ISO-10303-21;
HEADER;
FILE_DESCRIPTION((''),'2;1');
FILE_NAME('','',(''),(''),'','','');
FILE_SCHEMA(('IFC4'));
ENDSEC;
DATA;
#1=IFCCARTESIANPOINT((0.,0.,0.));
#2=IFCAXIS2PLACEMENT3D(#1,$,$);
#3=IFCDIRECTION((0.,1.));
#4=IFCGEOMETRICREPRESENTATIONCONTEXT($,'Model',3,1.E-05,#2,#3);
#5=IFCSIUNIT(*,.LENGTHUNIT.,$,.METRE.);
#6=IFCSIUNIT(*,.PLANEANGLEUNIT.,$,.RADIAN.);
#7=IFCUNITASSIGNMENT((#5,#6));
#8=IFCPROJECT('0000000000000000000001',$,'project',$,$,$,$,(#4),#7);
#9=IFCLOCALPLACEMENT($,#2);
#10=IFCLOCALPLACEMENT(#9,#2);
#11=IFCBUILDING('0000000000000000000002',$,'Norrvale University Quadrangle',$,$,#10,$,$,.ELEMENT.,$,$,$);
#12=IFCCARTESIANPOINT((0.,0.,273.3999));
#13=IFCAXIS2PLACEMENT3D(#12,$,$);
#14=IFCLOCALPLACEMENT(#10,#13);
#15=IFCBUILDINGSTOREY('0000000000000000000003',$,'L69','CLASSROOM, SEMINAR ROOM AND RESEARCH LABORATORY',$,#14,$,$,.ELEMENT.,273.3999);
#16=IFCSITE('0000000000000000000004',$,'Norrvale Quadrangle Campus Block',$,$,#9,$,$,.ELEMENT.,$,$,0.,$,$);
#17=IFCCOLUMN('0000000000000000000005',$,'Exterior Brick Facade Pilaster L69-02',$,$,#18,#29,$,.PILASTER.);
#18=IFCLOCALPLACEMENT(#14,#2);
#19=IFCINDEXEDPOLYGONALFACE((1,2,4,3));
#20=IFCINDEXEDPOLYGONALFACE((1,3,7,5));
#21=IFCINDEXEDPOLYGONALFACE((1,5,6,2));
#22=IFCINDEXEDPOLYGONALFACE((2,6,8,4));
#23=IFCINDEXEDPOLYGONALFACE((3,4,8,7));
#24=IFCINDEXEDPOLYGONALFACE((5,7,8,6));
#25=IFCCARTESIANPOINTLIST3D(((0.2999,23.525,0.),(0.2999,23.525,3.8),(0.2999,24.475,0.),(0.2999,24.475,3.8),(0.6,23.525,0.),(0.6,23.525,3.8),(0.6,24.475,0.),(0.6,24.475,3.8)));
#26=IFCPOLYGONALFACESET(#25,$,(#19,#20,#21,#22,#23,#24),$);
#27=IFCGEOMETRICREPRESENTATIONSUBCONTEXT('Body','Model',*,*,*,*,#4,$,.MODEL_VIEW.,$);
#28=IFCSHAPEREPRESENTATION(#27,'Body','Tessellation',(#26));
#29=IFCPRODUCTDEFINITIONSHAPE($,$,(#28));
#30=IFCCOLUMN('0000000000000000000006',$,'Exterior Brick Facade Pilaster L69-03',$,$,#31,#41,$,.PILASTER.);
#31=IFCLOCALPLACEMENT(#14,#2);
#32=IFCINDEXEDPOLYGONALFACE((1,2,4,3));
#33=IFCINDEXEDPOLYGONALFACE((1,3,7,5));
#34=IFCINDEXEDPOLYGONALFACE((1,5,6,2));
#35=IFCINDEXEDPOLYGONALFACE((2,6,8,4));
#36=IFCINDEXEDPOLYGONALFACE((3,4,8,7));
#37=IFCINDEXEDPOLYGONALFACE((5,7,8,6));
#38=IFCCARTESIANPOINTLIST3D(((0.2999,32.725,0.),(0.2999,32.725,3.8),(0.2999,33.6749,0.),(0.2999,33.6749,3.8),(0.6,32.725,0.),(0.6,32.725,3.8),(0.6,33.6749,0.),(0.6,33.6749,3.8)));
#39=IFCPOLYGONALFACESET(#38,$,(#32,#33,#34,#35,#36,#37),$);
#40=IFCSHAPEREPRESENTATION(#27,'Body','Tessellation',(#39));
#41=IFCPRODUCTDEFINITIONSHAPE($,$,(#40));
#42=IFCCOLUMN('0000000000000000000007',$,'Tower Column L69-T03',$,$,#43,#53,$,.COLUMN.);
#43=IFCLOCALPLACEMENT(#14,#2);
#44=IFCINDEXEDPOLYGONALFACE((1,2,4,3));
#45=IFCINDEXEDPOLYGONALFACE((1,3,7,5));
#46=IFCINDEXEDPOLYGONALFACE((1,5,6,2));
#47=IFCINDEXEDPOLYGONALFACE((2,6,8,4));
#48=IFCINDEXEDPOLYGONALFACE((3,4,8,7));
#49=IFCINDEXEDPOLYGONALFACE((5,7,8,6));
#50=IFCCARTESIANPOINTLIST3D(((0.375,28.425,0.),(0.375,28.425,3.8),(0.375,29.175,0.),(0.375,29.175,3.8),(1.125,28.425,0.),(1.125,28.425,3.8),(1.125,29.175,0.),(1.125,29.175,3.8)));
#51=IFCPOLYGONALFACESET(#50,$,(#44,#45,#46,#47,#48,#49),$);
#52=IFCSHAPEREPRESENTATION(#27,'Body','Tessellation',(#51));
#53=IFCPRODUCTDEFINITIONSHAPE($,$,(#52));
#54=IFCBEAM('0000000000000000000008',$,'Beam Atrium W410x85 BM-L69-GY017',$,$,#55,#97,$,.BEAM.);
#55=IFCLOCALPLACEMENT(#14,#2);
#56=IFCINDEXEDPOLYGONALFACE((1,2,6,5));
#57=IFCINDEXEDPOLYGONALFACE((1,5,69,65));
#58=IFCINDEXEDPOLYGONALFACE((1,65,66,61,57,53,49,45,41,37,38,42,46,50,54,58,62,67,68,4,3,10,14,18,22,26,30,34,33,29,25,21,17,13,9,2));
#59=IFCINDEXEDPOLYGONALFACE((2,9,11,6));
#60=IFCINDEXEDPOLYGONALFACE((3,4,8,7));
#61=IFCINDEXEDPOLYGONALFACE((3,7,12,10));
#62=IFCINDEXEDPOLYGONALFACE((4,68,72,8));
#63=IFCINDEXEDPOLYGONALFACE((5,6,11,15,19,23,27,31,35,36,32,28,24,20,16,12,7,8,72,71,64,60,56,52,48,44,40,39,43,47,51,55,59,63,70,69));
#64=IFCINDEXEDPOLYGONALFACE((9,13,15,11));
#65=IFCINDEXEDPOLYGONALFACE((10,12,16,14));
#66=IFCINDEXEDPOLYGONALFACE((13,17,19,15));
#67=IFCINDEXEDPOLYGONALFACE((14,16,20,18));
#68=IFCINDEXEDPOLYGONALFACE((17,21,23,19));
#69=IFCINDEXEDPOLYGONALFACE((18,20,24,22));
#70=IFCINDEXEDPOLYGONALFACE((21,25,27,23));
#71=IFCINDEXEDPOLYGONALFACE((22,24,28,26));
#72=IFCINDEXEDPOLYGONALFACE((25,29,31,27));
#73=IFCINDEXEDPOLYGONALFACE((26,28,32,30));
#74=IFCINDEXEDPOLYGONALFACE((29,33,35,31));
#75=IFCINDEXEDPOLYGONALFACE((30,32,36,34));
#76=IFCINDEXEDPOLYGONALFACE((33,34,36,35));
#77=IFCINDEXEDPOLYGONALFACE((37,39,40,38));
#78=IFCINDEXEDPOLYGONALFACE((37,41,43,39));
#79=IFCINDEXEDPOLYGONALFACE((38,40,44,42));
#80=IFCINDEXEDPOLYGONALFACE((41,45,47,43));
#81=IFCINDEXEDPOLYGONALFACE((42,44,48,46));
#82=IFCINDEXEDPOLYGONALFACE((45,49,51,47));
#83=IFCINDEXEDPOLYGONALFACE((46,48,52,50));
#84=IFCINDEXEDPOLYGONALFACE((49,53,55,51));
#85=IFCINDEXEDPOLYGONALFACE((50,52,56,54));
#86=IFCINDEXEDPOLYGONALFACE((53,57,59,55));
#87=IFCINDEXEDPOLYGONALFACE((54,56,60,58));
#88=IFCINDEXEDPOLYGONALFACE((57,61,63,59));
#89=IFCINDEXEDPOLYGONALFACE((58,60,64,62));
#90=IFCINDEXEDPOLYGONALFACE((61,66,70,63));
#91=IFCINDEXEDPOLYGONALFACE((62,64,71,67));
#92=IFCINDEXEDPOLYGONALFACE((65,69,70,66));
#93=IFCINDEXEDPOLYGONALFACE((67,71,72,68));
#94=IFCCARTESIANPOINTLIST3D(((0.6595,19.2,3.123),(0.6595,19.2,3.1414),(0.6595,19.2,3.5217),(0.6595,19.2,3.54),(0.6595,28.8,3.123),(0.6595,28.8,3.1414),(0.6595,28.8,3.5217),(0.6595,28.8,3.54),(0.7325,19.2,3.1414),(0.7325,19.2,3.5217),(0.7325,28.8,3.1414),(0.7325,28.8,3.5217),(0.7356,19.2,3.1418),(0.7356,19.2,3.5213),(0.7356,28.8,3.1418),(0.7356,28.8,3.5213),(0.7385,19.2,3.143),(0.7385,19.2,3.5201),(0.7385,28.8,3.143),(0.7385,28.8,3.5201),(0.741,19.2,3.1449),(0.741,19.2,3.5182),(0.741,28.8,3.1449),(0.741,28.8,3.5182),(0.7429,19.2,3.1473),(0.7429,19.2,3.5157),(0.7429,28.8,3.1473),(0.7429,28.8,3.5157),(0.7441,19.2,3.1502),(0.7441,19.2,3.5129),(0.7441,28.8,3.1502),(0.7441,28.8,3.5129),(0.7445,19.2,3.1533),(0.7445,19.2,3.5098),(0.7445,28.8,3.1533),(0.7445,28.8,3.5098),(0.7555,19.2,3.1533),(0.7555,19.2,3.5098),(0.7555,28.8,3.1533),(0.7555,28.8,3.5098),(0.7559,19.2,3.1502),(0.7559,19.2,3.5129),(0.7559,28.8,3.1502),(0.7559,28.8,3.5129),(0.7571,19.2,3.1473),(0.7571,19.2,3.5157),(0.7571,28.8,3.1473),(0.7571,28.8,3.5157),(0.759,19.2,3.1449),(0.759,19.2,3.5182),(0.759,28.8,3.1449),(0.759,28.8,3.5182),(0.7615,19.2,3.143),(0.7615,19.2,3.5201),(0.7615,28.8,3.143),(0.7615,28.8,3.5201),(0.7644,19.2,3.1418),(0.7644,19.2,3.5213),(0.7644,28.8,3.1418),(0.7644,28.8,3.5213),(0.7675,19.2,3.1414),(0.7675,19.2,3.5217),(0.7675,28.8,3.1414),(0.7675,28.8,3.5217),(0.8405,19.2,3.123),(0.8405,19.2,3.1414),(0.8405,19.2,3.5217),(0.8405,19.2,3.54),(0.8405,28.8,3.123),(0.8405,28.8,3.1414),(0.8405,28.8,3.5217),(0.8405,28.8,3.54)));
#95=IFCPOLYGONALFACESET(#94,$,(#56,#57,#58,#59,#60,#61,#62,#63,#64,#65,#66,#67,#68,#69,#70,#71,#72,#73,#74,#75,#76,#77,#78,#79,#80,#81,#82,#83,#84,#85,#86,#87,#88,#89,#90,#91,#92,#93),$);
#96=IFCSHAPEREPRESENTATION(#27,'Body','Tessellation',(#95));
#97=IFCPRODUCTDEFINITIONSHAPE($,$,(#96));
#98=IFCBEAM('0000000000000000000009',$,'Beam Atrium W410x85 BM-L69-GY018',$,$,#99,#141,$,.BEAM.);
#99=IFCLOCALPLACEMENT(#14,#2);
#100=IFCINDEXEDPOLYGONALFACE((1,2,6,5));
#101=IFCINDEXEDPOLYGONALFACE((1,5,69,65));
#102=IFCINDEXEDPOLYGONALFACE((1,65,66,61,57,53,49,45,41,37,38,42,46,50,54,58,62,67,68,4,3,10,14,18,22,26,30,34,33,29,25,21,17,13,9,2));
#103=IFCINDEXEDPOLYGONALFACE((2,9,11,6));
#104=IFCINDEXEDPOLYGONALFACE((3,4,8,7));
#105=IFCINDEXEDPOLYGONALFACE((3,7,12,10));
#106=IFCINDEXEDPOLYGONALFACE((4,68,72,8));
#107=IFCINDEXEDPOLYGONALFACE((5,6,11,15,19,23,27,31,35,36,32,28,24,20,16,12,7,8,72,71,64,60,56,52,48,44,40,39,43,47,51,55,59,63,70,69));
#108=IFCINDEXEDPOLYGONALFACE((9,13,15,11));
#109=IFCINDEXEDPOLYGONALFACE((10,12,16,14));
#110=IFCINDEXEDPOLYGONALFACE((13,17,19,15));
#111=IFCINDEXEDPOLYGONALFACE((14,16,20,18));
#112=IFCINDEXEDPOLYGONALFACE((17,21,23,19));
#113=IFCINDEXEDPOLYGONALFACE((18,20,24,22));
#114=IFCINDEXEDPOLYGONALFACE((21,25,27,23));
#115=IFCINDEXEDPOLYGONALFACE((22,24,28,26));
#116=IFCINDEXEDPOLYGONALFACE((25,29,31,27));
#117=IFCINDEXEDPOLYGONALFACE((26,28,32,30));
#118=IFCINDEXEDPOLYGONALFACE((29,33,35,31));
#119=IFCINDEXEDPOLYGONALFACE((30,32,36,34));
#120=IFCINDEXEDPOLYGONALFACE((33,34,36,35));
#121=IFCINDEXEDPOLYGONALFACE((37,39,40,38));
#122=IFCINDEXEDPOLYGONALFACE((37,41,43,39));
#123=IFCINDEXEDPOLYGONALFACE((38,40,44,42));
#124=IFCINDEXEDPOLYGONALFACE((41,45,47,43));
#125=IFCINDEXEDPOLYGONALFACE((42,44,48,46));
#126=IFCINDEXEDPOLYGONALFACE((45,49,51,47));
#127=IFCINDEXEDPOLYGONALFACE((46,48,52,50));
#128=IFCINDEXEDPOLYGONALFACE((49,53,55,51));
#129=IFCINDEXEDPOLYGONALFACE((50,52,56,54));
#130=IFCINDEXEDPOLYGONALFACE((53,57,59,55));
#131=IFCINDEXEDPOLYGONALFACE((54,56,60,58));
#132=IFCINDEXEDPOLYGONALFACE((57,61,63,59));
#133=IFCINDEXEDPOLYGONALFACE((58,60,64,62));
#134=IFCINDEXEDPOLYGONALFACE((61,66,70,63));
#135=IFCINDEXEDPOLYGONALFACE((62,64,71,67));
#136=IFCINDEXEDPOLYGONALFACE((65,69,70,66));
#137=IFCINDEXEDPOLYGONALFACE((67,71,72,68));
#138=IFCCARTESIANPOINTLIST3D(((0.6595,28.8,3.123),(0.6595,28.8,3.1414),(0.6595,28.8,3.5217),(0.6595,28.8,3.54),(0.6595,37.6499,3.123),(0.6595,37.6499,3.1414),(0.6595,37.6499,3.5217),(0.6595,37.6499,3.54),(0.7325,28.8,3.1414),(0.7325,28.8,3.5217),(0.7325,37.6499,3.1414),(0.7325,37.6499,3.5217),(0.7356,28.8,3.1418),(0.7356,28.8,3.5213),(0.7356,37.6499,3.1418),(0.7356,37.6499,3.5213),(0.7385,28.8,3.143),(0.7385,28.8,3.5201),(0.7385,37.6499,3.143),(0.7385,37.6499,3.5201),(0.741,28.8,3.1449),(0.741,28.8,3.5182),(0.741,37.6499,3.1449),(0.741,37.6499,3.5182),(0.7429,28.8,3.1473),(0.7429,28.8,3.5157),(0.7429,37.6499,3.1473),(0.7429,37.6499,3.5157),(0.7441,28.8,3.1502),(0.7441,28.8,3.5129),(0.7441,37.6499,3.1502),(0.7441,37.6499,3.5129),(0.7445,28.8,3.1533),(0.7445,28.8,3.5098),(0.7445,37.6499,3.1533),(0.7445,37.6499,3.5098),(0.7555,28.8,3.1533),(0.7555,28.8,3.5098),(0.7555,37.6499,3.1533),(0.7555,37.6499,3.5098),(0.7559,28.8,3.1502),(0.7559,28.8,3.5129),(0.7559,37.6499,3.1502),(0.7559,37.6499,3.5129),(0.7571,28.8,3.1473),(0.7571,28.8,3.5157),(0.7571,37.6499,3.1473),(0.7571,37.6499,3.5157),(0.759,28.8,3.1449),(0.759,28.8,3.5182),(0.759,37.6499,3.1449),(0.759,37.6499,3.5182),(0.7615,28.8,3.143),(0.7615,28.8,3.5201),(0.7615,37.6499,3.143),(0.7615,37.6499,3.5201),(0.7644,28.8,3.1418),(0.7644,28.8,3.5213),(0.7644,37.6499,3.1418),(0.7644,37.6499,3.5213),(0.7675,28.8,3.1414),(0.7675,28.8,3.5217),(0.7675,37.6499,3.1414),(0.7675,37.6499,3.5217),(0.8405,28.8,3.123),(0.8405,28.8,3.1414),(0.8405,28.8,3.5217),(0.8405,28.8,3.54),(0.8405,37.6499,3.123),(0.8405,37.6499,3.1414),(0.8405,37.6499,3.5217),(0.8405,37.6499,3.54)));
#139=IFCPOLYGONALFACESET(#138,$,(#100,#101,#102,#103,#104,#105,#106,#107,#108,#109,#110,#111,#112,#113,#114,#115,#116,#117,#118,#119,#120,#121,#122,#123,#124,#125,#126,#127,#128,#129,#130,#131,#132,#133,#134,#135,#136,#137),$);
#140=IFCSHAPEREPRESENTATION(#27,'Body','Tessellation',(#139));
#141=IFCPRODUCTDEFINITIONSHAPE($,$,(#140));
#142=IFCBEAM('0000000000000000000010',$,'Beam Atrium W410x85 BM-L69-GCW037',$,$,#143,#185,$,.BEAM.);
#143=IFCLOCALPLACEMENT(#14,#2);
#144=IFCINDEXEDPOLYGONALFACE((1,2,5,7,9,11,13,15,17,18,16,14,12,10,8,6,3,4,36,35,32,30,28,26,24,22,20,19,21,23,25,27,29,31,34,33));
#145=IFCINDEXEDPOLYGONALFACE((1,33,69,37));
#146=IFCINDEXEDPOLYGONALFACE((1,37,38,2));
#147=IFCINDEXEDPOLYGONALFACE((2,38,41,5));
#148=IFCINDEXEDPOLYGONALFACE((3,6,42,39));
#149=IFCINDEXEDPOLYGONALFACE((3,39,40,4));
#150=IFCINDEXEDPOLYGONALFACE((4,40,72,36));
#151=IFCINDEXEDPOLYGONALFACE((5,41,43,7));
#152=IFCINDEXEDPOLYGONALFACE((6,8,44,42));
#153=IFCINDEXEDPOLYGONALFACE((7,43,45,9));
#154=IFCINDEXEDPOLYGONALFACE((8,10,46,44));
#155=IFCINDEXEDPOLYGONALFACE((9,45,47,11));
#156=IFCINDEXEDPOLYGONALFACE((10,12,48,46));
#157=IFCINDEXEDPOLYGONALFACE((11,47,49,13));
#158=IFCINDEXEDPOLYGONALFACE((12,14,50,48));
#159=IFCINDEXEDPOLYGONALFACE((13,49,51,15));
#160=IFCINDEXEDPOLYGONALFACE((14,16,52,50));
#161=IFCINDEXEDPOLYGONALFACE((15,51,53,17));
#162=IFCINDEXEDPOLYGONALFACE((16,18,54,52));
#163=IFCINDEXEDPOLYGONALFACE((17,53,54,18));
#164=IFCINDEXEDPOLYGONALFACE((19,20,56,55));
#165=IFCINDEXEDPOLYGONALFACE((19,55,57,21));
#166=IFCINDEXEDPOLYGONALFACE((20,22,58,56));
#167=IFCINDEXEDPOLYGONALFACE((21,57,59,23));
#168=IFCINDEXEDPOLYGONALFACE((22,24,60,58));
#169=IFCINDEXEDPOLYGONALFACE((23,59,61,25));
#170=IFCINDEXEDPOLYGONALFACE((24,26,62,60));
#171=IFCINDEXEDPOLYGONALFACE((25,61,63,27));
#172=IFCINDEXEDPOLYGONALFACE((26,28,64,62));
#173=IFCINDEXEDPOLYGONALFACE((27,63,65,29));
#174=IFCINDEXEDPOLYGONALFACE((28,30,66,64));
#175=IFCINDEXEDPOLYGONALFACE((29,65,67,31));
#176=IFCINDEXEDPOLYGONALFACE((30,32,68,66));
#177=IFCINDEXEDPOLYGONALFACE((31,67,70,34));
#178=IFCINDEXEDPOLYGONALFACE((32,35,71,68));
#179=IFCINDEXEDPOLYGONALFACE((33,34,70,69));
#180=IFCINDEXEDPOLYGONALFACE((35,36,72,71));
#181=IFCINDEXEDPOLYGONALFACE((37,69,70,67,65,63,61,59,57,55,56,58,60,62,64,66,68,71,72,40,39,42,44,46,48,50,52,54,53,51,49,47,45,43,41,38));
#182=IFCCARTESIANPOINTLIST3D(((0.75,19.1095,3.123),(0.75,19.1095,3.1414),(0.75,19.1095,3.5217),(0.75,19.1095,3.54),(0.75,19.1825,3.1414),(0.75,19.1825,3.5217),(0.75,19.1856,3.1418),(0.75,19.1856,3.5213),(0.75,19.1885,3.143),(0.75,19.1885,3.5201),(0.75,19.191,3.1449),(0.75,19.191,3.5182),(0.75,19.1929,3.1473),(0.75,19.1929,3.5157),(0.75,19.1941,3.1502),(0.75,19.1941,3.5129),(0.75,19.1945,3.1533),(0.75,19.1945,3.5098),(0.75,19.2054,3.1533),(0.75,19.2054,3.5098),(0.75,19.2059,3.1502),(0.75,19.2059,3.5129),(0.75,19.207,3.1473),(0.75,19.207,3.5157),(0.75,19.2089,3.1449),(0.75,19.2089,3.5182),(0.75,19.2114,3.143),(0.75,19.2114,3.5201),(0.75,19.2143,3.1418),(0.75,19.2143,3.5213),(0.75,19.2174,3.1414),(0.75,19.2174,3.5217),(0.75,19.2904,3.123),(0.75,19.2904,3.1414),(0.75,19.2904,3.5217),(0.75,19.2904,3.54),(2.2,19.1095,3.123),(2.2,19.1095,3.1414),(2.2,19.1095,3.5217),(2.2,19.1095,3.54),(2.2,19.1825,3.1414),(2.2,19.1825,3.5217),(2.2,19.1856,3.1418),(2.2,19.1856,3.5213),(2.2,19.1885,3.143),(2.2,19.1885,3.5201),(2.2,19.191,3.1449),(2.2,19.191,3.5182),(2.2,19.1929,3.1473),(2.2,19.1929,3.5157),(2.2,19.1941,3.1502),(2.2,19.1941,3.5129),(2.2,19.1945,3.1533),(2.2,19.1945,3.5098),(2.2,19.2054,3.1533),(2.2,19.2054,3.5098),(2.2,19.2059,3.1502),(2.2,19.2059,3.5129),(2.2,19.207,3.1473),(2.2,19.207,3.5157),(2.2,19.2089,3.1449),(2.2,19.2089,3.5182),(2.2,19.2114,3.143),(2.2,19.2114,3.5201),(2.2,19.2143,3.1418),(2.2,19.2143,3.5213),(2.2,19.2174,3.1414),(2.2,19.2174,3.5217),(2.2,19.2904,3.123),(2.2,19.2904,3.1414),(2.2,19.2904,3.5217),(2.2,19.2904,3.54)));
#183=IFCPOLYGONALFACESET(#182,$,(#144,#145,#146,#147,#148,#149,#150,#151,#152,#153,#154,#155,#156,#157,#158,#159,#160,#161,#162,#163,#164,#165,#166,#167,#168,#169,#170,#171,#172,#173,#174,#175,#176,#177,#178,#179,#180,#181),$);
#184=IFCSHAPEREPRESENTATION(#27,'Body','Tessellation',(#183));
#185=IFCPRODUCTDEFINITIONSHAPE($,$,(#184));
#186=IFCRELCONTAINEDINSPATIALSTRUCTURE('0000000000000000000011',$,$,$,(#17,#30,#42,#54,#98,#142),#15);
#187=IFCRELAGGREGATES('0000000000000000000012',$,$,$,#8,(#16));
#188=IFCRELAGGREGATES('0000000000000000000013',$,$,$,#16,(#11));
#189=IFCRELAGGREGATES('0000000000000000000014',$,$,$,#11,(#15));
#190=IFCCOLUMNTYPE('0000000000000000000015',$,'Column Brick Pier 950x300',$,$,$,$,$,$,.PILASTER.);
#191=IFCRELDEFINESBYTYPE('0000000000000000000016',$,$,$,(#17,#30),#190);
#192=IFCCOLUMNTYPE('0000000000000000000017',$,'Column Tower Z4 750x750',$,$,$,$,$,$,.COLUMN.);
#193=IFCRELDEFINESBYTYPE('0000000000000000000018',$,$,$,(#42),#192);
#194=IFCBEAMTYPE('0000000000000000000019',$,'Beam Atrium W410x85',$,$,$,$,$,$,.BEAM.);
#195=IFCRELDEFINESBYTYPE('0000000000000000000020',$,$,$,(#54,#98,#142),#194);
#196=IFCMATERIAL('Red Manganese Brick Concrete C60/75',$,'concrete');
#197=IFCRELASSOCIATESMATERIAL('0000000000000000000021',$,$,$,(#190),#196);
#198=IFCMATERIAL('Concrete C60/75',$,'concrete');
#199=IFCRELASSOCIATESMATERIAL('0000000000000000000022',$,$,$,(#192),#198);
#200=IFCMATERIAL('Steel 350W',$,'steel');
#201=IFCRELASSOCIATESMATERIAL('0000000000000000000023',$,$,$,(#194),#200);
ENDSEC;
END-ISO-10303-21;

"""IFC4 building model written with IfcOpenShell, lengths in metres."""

from ifc_helpers import new_model, si_unit, direction, frame, origin, origin_2d, place, context, subcontext, project, spatial, rectangle, i_section, extrude, material, material_profile, profile_set, type_object, element, save


model = new_model("IFC4")

# Units and contexts
model_context = context("Model", 3, precision=1e-05, world=origin(), true_north=direction((0.0, 1.0)))
body_context = subcontext(model_context, "Body", "Model", "MODEL_VIEW")
ifc_project = project(units=[si_unit("LENGTHUNIT", "METRE"), si_unit("PLANEANGLEUNIT", "RADIAN")], contexts=[model_context])

# Site, building, storey
site_placement = place(None, origin())
site = spatial("IfcSite", under=ifc_project, at=site_placement, Name="Norrvale Quadrangle Campus Block", CompositionType="ELEMENT", RefElevation=0.0)
building_placement = place(site_placement, origin())
building = spatial("IfcBuilding", under=site, at=building_placement, Name="Norrvale University Quadrangle", CompositionType="ELEMENT")
storey_placement = place(building_placement, frame((0.0, 0.0, 273.3999)))
storey = spatial("IfcBuildingStorey", under=building, at=storey_placement, Name="L69", Description="CLASSROOM, SEMINAR ROOM AND RESEARCH LABORATORY", CompositionType="ELEMENT", Elevation=273.3999)

# Columns
ifc_material_1 = material(Name="Red Manganese Brick Concrete C60/75", Category="concrete")
ifc_material_profile_1 = material_profile(ifc_material_1, rectangle(XDim=0.95, YDim=0.3, at=origin_2d()), Name="Red Manganese Brick Concrete C60/75")
ifc_profile_set_1 = profile_set([ifc_material_profile_1], Name="Red Manganese Brick Concrete C60/75")
column_type_1 = type_object("IfcColumnType", Name="Column Brick Pier 950x300", PredefinedType="PILASTER", material=ifc_profile_set_1)
for number, where, z_axis, x_axis, name in (
    (1, (0.45, 24.0, 0.0), (0.0, 0.0, 1.0), (0.0, 1.0, 0.0), "Exterior Brick Facade Pilaster L69-02"),
    (2, (0.45, 33.2, 0.0), (0.0, 0.0, 1.0), (0.0, 1.0, 0.0), "Exterior Brick Facade Pilaster L69-03"),
):
    element("IfcColumn", number, at=place(storey_placement, frame(where, z_axis=z_axis, x_axis=x_axis)), inside=storey, type_object=column_type_1, Name=name, PredefinedType="PILASTER", context=body_context, shape_type="SweptSolid", body=[
        extrude(rectangle(XDim=0.95, YDim=0.3, at=origin_2d()), origin(), (0.0, 0.0, 1.0), 3.8),
    ])
ifc_material_2 = material(Name="Concrete C60/75", Category="concrete")
ifc_material_profile_2 = material_profile(ifc_material_2, rectangle(XDim=0.75, YDim=0.75, at=origin_2d()), Name="Concrete C60/75")
ifc_profile_set_2 = profile_set([ifc_material_profile_2], Name="Concrete C60/75")
column_type_2 = type_object("IfcColumnType", Name="Column Tower Z4 750x750", PredefinedType="COLUMN", material=ifc_profile_set_2)
column_placement = place(storey_placement, frame((0.75, 28.8, 0.0), z_axis=(0.0, 0.0, 1.0), x_axis=(1.0, 0.0, 0.0)))
element("IfcColumn", 3, at=column_placement, inside=storey, type_object=column_type_2, Name="Tower Column L69-T03", PredefinedType="COLUMN", context=body_context, shape_type="SweptSolid", body=[
    extrude(rectangle(XDim=0.75, YDim=0.75, at=origin_2d()), origin(), (0.0, 0.0, 1.0), 3.8),
])

# Beams
ifc_material_3 = material(Name="Steel 350W", Category="steel")
ifc_material_profile_3 = material_profile(ifc_material_3, i_section(OverallWidth=0.1809, OverallDepth=0.417, WebThickness=0.011, FlangeThickness=0.0183, FilletRadius=0.012, at=origin_2d()), Name="Steel 350W")
ifc_profile_set_3 = profile_set([ifc_material_profile_3], Name="Steel 350W")
beam_type = type_object("IfcBeamType", Name="Beam Atrium W410x85", PredefinedType="BEAM", material=ifc_profile_set_3)
beam_1_placement = place(storey_placement, frame((0.75, 19.2, 3.3315), z_axis=(0.0, 1.0, 0.0), x_axis=(-1.0, 0.0, 0.0)))
element("IfcBeam", 4, at=beam_1_placement, inside=storey, type_object=beam_type, Name="Beam Atrium W410x85 BM-L69-GY017", PredefinedType="BEAM", context=body_context, shape_type="SweptSolid", body=[
    extrude(i_section(OverallWidth=0.1809, OverallDepth=0.417, WebThickness=0.011, FlangeThickness=0.0183, FilletRadius=0.012, at=origin_2d()), origin(), (0.0, 0.0, 1.0), 9.6001),
])
beam_2_placement = place(storey_placement, frame((0.75, 28.8, 3.3315), z_axis=(0.0, 1.0, 0.0), x_axis=(-1.0, 0.0, 0.0)))
element("IfcBeam", 5, at=beam_2_placement, inside=storey, type_object=beam_type, Name="Beam Atrium W410x85 BM-L69-GY018", PredefinedType="BEAM", context=body_context, shape_type="SweptSolid", body=[
    extrude(i_section(OverallWidth=0.1809, OverallDepth=0.417, WebThickness=0.011, FlangeThickness=0.0183, FilletRadius=0.012, at=origin_2d()), origin(), (0.0, 0.0, 1.0), 8.8499),
])
beam_3_placement = place(storey_placement, frame((0.75, 19.2, 3.3315), z_axis=(1.0, 0.0, 0.0), x_axis=(0.0, 1.0, 0.0)))
element("IfcBeam", 6, at=beam_3_placement, inside=storey, type_object=beam_type, Name="Beam Atrium W410x85 BM-L69-GCW037", PredefinedType="BEAM", context=body_context, shape_type="SweptSolid", body=[
    extrude(i_section(OverallWidth=0.1809, OverallDepth=0.417, WebThickness=0.011, FlangeThickness=0.0183, FilletRadius=0.012, at=origin_2d()), origin(), (0.0, 0.0, 1.0), 1.45),
])

save(model, "model.ifc")
